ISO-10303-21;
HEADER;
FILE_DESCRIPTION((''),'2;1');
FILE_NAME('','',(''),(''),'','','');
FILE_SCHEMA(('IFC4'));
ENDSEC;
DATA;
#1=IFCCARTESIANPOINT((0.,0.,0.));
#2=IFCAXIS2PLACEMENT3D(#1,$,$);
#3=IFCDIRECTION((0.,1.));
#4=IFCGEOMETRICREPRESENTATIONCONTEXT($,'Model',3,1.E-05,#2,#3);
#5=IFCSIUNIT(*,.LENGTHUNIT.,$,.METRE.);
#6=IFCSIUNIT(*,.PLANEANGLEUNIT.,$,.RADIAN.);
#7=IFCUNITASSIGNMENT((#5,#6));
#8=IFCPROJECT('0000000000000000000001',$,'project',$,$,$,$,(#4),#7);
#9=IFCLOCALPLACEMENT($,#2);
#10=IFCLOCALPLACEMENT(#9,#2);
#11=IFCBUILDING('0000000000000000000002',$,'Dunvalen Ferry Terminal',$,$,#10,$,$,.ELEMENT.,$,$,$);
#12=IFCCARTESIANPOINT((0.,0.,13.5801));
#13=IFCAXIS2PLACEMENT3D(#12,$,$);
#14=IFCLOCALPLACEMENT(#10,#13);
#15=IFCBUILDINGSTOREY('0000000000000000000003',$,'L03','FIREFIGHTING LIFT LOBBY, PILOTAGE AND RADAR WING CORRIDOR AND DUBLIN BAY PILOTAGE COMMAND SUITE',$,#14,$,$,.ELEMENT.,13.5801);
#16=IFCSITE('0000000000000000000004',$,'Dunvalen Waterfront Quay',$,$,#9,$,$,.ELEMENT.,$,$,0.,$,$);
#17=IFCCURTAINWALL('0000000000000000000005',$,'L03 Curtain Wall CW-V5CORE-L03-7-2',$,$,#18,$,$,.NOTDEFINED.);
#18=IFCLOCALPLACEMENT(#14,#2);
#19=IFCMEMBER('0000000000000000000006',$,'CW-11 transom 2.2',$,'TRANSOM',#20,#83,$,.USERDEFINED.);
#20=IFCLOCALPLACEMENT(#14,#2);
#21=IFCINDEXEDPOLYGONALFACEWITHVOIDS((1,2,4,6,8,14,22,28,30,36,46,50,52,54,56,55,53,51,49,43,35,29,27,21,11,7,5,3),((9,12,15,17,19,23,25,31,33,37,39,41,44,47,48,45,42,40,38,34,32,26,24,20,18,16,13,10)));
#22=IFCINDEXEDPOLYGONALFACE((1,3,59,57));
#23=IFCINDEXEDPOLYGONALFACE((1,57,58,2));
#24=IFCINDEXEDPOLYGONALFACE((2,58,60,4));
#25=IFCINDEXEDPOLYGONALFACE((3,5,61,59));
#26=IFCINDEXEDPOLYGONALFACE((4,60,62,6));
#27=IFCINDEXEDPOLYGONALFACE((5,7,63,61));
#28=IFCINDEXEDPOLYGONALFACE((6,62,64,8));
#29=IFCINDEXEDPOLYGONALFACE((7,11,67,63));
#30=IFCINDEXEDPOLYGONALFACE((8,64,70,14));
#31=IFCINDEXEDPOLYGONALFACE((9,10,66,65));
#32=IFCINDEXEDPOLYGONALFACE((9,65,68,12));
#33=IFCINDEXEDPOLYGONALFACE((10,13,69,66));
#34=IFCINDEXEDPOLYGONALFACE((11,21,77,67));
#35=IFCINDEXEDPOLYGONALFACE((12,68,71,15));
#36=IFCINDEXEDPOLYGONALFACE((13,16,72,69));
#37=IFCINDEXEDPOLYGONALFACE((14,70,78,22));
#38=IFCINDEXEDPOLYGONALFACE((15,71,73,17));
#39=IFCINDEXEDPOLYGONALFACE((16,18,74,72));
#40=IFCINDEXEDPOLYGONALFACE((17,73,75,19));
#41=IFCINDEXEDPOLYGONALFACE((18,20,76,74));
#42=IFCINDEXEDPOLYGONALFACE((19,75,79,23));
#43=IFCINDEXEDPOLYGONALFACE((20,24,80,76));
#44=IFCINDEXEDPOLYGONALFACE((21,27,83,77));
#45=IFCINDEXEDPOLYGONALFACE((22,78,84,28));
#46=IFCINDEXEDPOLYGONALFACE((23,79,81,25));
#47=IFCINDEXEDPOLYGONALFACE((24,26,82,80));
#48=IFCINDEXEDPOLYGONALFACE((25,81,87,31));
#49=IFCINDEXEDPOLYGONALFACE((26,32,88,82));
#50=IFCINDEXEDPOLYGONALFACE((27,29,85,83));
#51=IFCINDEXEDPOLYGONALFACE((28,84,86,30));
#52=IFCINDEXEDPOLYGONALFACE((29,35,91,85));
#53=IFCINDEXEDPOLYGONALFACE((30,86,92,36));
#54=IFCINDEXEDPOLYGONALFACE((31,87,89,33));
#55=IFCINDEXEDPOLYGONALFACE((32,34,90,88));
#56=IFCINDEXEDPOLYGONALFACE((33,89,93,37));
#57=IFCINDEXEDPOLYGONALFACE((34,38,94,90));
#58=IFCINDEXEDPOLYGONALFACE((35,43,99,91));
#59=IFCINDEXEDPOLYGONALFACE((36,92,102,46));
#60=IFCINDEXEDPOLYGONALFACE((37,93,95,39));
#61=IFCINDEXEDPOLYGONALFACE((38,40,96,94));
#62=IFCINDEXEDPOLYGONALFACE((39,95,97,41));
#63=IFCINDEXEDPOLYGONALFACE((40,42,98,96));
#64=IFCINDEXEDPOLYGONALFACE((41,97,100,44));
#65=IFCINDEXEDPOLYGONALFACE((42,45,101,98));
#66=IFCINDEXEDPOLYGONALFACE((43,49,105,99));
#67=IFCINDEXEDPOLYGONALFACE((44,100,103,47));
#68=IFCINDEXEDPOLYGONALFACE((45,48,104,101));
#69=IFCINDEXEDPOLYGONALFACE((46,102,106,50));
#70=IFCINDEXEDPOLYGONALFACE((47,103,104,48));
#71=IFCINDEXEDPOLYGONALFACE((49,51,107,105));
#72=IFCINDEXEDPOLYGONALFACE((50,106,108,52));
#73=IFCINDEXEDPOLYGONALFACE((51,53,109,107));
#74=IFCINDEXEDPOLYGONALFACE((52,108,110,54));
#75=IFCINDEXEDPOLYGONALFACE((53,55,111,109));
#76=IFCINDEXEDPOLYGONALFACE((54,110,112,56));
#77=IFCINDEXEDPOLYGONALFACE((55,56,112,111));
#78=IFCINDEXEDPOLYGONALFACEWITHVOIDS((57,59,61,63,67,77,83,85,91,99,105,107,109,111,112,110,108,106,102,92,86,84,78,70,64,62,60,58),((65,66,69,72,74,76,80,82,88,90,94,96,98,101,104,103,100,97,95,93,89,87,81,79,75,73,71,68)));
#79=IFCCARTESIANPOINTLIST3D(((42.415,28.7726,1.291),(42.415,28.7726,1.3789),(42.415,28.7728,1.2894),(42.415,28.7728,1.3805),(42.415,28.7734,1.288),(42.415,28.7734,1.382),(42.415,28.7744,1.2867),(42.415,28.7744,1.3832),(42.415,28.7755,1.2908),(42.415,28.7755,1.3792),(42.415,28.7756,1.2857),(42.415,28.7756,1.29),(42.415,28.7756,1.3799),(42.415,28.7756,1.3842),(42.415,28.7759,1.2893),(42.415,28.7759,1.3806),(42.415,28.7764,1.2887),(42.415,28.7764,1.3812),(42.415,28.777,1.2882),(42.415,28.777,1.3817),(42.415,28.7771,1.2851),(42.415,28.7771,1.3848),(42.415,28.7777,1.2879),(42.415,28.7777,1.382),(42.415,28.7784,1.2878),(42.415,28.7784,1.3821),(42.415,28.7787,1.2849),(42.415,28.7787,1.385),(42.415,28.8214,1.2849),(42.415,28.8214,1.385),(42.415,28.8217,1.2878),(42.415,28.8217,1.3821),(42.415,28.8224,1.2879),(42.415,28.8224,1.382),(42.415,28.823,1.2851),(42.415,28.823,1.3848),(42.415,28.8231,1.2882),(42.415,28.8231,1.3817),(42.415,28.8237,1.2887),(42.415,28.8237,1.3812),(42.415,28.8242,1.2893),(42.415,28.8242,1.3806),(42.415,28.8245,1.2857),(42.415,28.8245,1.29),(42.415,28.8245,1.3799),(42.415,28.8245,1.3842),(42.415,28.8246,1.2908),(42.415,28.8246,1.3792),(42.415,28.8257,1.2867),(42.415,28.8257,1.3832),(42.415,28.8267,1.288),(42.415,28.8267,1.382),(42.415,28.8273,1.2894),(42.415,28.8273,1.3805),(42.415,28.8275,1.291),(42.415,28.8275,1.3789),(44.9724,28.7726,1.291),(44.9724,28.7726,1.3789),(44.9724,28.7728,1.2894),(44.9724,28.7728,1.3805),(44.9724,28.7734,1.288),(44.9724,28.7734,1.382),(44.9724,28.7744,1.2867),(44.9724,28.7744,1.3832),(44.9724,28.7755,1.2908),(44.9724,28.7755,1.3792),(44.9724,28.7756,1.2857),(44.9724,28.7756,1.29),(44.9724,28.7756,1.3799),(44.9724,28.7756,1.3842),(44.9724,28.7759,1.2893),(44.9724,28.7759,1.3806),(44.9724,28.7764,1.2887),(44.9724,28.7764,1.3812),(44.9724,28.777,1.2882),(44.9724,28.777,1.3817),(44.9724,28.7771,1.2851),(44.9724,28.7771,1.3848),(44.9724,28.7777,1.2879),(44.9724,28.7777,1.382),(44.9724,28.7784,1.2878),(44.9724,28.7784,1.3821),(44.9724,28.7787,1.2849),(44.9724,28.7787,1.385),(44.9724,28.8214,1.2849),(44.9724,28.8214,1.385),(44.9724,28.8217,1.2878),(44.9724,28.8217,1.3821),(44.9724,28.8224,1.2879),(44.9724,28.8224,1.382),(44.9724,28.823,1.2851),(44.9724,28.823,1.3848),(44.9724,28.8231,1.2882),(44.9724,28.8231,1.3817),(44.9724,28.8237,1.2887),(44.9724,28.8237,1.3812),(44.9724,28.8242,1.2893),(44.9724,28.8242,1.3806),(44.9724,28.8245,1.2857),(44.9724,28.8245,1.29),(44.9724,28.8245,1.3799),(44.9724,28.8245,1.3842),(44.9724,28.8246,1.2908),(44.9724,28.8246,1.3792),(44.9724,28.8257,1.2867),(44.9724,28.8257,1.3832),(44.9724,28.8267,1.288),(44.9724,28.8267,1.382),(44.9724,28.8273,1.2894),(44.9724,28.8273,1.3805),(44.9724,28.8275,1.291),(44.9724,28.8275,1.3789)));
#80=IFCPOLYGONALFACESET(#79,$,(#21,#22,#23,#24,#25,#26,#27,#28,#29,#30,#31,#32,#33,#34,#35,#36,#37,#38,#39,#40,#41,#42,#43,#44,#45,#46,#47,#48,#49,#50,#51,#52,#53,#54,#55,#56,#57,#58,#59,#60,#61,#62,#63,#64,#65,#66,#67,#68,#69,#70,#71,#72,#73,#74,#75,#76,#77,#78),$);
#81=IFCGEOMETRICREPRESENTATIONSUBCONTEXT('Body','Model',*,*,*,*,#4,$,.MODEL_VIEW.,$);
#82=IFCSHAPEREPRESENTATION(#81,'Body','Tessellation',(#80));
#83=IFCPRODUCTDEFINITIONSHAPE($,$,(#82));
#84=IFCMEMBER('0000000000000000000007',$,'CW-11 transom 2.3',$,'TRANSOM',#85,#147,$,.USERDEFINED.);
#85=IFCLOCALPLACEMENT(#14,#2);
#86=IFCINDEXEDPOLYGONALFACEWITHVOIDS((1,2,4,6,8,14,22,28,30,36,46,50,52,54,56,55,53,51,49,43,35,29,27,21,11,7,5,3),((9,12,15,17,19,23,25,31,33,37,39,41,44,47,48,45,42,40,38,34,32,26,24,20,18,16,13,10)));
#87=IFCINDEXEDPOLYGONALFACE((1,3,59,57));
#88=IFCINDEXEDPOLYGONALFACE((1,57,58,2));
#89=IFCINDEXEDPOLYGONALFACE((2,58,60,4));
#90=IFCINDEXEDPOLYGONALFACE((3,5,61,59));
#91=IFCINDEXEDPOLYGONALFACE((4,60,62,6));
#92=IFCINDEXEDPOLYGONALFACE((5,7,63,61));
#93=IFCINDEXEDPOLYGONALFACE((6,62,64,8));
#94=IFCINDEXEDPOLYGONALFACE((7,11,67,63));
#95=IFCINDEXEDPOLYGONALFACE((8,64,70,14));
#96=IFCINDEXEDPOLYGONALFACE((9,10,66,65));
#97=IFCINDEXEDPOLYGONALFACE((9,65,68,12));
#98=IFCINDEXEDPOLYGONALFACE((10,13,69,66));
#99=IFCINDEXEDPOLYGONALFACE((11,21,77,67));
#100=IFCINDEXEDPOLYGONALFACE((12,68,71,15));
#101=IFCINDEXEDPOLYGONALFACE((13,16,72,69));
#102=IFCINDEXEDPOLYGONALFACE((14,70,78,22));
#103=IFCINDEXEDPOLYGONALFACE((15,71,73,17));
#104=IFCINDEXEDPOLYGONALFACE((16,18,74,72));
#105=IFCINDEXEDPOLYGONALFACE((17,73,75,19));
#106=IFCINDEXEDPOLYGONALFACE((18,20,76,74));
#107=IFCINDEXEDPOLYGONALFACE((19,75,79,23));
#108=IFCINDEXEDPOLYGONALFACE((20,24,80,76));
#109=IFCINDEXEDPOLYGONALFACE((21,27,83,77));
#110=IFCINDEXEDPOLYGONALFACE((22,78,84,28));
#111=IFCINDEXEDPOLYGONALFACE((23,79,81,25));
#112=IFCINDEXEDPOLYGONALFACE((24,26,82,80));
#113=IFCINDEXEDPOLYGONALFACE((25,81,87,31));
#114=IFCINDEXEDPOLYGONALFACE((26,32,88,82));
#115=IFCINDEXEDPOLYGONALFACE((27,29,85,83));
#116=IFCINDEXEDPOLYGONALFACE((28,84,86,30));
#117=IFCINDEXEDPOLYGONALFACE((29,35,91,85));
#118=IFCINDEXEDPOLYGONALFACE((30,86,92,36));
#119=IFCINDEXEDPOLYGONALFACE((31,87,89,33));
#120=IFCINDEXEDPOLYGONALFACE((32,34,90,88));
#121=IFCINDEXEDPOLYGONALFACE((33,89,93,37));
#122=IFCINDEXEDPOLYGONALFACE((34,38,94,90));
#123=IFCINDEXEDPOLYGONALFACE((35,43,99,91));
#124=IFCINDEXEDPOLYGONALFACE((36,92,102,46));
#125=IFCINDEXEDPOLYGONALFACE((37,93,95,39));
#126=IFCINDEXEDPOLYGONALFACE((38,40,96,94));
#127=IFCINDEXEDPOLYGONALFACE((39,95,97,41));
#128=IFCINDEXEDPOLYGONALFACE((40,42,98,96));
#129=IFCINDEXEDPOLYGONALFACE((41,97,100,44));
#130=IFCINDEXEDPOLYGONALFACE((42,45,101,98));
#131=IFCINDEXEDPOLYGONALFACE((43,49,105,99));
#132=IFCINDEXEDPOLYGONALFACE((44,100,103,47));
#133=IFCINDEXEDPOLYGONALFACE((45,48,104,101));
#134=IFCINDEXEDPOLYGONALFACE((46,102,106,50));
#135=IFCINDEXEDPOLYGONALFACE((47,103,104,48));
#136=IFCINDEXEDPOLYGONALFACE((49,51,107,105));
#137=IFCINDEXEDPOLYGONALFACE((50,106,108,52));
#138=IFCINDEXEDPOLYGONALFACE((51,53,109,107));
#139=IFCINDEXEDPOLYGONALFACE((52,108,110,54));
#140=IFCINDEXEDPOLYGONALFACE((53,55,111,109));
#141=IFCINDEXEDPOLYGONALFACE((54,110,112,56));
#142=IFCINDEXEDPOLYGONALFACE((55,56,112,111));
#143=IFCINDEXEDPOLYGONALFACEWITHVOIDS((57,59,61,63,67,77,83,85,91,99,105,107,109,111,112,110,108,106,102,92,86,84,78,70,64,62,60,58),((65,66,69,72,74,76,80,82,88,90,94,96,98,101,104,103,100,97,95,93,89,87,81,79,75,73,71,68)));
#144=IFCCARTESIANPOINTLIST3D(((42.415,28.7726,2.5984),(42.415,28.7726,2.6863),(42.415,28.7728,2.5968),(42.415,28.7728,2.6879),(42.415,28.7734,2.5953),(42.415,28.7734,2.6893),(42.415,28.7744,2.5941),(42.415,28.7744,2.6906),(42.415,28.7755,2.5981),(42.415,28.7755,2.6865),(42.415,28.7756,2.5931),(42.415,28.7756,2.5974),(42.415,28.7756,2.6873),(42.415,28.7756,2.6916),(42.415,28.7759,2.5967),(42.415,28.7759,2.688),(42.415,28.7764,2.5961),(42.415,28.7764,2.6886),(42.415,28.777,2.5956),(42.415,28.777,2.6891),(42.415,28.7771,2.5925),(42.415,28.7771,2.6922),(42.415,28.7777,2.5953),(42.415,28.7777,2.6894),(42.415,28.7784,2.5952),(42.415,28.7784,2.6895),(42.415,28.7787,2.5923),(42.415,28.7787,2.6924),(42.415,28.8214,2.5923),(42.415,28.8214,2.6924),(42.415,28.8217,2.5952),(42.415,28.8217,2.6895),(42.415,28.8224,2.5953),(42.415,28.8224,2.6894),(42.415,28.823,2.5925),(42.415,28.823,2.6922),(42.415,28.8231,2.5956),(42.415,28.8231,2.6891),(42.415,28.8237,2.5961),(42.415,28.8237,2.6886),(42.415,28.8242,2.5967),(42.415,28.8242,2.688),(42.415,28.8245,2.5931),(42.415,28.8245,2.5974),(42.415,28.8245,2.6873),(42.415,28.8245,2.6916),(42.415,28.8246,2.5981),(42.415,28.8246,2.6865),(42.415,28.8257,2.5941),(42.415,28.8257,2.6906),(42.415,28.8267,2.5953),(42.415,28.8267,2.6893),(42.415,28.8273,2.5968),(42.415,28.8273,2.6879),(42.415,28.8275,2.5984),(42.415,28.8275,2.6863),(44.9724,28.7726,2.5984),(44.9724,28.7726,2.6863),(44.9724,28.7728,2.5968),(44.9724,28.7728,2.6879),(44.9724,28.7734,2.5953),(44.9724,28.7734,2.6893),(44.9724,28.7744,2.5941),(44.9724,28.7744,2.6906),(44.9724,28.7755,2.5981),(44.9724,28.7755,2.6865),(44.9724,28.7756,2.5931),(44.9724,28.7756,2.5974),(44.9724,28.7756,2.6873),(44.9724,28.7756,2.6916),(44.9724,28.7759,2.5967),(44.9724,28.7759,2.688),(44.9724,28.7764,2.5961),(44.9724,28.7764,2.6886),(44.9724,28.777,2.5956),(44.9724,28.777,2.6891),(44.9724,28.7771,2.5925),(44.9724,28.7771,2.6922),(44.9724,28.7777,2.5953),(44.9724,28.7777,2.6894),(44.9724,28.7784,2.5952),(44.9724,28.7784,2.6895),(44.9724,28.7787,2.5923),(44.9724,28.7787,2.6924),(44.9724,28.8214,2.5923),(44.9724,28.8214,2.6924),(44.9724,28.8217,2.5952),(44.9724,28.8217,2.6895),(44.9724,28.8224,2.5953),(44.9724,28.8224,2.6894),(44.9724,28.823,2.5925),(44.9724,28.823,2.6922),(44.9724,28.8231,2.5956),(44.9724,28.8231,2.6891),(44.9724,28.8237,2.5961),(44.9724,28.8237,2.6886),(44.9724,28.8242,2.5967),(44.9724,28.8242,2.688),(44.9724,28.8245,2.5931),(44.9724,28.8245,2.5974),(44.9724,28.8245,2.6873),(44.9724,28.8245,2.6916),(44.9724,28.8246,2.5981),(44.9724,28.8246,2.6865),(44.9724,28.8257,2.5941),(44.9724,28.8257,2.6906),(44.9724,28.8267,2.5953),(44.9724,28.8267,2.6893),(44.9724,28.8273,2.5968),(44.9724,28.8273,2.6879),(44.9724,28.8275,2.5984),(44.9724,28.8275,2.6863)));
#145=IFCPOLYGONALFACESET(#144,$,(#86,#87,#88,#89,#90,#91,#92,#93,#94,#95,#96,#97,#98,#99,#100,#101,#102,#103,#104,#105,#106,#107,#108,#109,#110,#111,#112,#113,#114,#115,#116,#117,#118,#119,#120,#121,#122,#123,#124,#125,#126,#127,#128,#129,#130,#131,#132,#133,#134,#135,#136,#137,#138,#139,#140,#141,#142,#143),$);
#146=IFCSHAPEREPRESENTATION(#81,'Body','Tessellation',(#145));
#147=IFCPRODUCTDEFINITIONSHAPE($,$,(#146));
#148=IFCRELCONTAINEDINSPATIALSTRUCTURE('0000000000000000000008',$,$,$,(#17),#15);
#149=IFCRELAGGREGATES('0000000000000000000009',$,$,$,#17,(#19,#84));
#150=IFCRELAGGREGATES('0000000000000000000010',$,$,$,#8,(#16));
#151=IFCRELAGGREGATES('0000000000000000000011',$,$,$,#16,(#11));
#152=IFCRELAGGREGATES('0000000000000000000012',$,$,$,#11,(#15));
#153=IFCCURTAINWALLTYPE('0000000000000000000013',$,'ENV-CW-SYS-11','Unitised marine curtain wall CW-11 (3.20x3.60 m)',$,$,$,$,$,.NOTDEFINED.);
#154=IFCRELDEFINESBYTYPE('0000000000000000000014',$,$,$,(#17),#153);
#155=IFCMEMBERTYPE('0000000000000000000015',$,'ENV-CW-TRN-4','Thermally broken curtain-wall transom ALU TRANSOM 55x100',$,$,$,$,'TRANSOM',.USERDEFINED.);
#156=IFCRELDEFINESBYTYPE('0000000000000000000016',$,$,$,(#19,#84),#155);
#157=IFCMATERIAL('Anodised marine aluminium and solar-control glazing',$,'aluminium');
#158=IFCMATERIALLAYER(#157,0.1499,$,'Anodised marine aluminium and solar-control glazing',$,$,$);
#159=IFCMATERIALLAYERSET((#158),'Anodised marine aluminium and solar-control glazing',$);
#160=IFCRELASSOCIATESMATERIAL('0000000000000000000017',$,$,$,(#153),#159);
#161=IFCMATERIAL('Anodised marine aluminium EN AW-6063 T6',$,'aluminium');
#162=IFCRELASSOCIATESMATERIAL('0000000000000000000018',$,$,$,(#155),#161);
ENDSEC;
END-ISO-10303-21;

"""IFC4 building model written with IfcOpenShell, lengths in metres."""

from ifc_helpers import new_model, si_unit, direction, frame, origin, origin_2d, place, context, subcontext, project, spatial, hollow_rectangle, extrude, material, layer, layer_set, material_profile, profile_set, type_object, element, aggregate, save


model = new_model("IFC4")

# Units and contexts
model_context = context("Model", 3, precision=1e-05, world=origin(), true_north=direction((0.0, 1.0)))
body_context = subcontext(model_context, "Body", "Model", "MODEL_VIEW")
ifc_project = project(units=[si_unit("LENGTHUNIT", "METRE"), si_unit("PLANEANGLEUNIT", "RADIAN")], contexts=[model_context])

# Site, building, storey
site_placement = place(None, origin())
site = spatial("IfcSite", under=ifc_project, at=site_placement, Name="Dunvalen Waterfront Quay", CompositionType="ELEMENT", RefElevation=0.0)
building_placement = place(site_placement, origin())
building = spatial("IfcBuilding", under=site, at=building_placement, Name="Dunvalen Ferry Terminal", CompositionType="ELEMENT")
storey_placement = place(building_placement, frame((0.0, 0.0, 13.5801)))
storey = spatial("IfcBuildingStorey", under=building, at=storey_placement, Name="L03", Description="FIREFIGHTING LIFT LOBBY, PILOTAGE AND RADAR WING CORRIDOR AND DUBLIN BAY PILOTAGE COMMAND SUITE", CompositionType="ELEMENT", Elevation=13.5801)

# Curtain wall
ifc_material_1 = material(Name="Anodised marine aluminium and solar-control glazing", Category="aluminium")
ifc_layer_1 = layer(ifc_material_1, 0.1499, Name="Anodised marine aluminium and solar-control glazing")
ifc_layer_set_1 = layer_set([ifc_layer_1], Name="Anodised marine aluminium and solar-control glazing")
curtain_wall_type = type_object("IfcCurtainWallType", Name="ENV-CW-SYS-11", Description="Unitised marine curtain wall CW-11 (3.20x3.60 m)", PredefinedType="NOTDEFINED", material=ifc_layer_set_1)
curtain_wall_1_placement = place(storey_placement, origin())
curtain_wall_1 = element("IfcCurtainWall", 1, at=curtain_wall_1_placement, inside=storey, type_object=curtain_wall_type, Name="L03 Curtain Wall CW-V5CORE-L03-7-2", PredefinedType="NOTDEFINED")
ifc_material_2 = material(Name="Anodised marine aluminium EN AW-6063 T6", Category="aluminium")

# Members
ifc_material_profile_1 = material_profile(ifc_material_2, hollow_rectangle(XDim=0.0549, YDim=0.1001, WallThickness=0.0029, InnerFilletRadius=0.0029, OuterFilletRadius=0.0061, at=origin_2d()), Name="Anodised marine aluminium EN AW-6063 T6")
ifc_profile_set_1 = profile_set([ifc_material_profile_1], Name="Anodised marine aluminium EN AW-6063 T6")
member_type_1 = type_object("IfcMemberType", Name="ENV-CW-TRN-4", Description="Thermally broken curtain-wall transom ALU TRANSOM 55x100", ElementType="TRANSOM", PredefinedType="USERDEFINED", material=ifc_profile_set_1)
member_1_placement = place(storey_placement, frame((44.9724, 28.8, 1.335), z_axis=(-1.0, 0.0, 0.0), x_axis=(0.0, -1.0, 0.0)))
member_1 = element("IfcMember", 2, at=member_1_placement, type_object=member_type_1, Name="CW-11 transom 2.2", ObjectType="TRANSOM", PredefinedType="USERDEFINED", context=body_context, shape_type="SweptSolid", body=[
    extrude(hollow_rectangle(XDim=0.0549, YDim=0.1001, WallThickness=0.0029, InnerFilletRadius=0.0029, OuterFilletRadius=0.0061, at=origin_2d()), origin(), (0.0, 0.0, 1.0), 2.5574),
])
member_2_placement = place(storey_placement, frame((44.9724, 28.8, 2.6423), z_axis=(-1.0, 0.0, 0.0), x_axis=(0.0, -1.0, 0.0)))
member_2 = element("IfcMember", 3, at=member_2_placement, type_object=member_type_1, Name="CW-11 transom 2.3", ObjectType="TRANSOM", PredefinedType="USERDEFINED", context=body_context, shape_type="SweptSolid", body=[
    extrude(hollow_rectangle(XDim=0.0549, YDim=0.1001, WallThickness=0.0029, InnerFilletRadius=0.0029, OuterFilletRadius=0.0061, at=origin_2d()), origin(), (0.0, 0.0, 1.0), 2.5574),
])

aggregate(curtain_wall_1, [member_1, member_2])

save(model, "model.ifc")
